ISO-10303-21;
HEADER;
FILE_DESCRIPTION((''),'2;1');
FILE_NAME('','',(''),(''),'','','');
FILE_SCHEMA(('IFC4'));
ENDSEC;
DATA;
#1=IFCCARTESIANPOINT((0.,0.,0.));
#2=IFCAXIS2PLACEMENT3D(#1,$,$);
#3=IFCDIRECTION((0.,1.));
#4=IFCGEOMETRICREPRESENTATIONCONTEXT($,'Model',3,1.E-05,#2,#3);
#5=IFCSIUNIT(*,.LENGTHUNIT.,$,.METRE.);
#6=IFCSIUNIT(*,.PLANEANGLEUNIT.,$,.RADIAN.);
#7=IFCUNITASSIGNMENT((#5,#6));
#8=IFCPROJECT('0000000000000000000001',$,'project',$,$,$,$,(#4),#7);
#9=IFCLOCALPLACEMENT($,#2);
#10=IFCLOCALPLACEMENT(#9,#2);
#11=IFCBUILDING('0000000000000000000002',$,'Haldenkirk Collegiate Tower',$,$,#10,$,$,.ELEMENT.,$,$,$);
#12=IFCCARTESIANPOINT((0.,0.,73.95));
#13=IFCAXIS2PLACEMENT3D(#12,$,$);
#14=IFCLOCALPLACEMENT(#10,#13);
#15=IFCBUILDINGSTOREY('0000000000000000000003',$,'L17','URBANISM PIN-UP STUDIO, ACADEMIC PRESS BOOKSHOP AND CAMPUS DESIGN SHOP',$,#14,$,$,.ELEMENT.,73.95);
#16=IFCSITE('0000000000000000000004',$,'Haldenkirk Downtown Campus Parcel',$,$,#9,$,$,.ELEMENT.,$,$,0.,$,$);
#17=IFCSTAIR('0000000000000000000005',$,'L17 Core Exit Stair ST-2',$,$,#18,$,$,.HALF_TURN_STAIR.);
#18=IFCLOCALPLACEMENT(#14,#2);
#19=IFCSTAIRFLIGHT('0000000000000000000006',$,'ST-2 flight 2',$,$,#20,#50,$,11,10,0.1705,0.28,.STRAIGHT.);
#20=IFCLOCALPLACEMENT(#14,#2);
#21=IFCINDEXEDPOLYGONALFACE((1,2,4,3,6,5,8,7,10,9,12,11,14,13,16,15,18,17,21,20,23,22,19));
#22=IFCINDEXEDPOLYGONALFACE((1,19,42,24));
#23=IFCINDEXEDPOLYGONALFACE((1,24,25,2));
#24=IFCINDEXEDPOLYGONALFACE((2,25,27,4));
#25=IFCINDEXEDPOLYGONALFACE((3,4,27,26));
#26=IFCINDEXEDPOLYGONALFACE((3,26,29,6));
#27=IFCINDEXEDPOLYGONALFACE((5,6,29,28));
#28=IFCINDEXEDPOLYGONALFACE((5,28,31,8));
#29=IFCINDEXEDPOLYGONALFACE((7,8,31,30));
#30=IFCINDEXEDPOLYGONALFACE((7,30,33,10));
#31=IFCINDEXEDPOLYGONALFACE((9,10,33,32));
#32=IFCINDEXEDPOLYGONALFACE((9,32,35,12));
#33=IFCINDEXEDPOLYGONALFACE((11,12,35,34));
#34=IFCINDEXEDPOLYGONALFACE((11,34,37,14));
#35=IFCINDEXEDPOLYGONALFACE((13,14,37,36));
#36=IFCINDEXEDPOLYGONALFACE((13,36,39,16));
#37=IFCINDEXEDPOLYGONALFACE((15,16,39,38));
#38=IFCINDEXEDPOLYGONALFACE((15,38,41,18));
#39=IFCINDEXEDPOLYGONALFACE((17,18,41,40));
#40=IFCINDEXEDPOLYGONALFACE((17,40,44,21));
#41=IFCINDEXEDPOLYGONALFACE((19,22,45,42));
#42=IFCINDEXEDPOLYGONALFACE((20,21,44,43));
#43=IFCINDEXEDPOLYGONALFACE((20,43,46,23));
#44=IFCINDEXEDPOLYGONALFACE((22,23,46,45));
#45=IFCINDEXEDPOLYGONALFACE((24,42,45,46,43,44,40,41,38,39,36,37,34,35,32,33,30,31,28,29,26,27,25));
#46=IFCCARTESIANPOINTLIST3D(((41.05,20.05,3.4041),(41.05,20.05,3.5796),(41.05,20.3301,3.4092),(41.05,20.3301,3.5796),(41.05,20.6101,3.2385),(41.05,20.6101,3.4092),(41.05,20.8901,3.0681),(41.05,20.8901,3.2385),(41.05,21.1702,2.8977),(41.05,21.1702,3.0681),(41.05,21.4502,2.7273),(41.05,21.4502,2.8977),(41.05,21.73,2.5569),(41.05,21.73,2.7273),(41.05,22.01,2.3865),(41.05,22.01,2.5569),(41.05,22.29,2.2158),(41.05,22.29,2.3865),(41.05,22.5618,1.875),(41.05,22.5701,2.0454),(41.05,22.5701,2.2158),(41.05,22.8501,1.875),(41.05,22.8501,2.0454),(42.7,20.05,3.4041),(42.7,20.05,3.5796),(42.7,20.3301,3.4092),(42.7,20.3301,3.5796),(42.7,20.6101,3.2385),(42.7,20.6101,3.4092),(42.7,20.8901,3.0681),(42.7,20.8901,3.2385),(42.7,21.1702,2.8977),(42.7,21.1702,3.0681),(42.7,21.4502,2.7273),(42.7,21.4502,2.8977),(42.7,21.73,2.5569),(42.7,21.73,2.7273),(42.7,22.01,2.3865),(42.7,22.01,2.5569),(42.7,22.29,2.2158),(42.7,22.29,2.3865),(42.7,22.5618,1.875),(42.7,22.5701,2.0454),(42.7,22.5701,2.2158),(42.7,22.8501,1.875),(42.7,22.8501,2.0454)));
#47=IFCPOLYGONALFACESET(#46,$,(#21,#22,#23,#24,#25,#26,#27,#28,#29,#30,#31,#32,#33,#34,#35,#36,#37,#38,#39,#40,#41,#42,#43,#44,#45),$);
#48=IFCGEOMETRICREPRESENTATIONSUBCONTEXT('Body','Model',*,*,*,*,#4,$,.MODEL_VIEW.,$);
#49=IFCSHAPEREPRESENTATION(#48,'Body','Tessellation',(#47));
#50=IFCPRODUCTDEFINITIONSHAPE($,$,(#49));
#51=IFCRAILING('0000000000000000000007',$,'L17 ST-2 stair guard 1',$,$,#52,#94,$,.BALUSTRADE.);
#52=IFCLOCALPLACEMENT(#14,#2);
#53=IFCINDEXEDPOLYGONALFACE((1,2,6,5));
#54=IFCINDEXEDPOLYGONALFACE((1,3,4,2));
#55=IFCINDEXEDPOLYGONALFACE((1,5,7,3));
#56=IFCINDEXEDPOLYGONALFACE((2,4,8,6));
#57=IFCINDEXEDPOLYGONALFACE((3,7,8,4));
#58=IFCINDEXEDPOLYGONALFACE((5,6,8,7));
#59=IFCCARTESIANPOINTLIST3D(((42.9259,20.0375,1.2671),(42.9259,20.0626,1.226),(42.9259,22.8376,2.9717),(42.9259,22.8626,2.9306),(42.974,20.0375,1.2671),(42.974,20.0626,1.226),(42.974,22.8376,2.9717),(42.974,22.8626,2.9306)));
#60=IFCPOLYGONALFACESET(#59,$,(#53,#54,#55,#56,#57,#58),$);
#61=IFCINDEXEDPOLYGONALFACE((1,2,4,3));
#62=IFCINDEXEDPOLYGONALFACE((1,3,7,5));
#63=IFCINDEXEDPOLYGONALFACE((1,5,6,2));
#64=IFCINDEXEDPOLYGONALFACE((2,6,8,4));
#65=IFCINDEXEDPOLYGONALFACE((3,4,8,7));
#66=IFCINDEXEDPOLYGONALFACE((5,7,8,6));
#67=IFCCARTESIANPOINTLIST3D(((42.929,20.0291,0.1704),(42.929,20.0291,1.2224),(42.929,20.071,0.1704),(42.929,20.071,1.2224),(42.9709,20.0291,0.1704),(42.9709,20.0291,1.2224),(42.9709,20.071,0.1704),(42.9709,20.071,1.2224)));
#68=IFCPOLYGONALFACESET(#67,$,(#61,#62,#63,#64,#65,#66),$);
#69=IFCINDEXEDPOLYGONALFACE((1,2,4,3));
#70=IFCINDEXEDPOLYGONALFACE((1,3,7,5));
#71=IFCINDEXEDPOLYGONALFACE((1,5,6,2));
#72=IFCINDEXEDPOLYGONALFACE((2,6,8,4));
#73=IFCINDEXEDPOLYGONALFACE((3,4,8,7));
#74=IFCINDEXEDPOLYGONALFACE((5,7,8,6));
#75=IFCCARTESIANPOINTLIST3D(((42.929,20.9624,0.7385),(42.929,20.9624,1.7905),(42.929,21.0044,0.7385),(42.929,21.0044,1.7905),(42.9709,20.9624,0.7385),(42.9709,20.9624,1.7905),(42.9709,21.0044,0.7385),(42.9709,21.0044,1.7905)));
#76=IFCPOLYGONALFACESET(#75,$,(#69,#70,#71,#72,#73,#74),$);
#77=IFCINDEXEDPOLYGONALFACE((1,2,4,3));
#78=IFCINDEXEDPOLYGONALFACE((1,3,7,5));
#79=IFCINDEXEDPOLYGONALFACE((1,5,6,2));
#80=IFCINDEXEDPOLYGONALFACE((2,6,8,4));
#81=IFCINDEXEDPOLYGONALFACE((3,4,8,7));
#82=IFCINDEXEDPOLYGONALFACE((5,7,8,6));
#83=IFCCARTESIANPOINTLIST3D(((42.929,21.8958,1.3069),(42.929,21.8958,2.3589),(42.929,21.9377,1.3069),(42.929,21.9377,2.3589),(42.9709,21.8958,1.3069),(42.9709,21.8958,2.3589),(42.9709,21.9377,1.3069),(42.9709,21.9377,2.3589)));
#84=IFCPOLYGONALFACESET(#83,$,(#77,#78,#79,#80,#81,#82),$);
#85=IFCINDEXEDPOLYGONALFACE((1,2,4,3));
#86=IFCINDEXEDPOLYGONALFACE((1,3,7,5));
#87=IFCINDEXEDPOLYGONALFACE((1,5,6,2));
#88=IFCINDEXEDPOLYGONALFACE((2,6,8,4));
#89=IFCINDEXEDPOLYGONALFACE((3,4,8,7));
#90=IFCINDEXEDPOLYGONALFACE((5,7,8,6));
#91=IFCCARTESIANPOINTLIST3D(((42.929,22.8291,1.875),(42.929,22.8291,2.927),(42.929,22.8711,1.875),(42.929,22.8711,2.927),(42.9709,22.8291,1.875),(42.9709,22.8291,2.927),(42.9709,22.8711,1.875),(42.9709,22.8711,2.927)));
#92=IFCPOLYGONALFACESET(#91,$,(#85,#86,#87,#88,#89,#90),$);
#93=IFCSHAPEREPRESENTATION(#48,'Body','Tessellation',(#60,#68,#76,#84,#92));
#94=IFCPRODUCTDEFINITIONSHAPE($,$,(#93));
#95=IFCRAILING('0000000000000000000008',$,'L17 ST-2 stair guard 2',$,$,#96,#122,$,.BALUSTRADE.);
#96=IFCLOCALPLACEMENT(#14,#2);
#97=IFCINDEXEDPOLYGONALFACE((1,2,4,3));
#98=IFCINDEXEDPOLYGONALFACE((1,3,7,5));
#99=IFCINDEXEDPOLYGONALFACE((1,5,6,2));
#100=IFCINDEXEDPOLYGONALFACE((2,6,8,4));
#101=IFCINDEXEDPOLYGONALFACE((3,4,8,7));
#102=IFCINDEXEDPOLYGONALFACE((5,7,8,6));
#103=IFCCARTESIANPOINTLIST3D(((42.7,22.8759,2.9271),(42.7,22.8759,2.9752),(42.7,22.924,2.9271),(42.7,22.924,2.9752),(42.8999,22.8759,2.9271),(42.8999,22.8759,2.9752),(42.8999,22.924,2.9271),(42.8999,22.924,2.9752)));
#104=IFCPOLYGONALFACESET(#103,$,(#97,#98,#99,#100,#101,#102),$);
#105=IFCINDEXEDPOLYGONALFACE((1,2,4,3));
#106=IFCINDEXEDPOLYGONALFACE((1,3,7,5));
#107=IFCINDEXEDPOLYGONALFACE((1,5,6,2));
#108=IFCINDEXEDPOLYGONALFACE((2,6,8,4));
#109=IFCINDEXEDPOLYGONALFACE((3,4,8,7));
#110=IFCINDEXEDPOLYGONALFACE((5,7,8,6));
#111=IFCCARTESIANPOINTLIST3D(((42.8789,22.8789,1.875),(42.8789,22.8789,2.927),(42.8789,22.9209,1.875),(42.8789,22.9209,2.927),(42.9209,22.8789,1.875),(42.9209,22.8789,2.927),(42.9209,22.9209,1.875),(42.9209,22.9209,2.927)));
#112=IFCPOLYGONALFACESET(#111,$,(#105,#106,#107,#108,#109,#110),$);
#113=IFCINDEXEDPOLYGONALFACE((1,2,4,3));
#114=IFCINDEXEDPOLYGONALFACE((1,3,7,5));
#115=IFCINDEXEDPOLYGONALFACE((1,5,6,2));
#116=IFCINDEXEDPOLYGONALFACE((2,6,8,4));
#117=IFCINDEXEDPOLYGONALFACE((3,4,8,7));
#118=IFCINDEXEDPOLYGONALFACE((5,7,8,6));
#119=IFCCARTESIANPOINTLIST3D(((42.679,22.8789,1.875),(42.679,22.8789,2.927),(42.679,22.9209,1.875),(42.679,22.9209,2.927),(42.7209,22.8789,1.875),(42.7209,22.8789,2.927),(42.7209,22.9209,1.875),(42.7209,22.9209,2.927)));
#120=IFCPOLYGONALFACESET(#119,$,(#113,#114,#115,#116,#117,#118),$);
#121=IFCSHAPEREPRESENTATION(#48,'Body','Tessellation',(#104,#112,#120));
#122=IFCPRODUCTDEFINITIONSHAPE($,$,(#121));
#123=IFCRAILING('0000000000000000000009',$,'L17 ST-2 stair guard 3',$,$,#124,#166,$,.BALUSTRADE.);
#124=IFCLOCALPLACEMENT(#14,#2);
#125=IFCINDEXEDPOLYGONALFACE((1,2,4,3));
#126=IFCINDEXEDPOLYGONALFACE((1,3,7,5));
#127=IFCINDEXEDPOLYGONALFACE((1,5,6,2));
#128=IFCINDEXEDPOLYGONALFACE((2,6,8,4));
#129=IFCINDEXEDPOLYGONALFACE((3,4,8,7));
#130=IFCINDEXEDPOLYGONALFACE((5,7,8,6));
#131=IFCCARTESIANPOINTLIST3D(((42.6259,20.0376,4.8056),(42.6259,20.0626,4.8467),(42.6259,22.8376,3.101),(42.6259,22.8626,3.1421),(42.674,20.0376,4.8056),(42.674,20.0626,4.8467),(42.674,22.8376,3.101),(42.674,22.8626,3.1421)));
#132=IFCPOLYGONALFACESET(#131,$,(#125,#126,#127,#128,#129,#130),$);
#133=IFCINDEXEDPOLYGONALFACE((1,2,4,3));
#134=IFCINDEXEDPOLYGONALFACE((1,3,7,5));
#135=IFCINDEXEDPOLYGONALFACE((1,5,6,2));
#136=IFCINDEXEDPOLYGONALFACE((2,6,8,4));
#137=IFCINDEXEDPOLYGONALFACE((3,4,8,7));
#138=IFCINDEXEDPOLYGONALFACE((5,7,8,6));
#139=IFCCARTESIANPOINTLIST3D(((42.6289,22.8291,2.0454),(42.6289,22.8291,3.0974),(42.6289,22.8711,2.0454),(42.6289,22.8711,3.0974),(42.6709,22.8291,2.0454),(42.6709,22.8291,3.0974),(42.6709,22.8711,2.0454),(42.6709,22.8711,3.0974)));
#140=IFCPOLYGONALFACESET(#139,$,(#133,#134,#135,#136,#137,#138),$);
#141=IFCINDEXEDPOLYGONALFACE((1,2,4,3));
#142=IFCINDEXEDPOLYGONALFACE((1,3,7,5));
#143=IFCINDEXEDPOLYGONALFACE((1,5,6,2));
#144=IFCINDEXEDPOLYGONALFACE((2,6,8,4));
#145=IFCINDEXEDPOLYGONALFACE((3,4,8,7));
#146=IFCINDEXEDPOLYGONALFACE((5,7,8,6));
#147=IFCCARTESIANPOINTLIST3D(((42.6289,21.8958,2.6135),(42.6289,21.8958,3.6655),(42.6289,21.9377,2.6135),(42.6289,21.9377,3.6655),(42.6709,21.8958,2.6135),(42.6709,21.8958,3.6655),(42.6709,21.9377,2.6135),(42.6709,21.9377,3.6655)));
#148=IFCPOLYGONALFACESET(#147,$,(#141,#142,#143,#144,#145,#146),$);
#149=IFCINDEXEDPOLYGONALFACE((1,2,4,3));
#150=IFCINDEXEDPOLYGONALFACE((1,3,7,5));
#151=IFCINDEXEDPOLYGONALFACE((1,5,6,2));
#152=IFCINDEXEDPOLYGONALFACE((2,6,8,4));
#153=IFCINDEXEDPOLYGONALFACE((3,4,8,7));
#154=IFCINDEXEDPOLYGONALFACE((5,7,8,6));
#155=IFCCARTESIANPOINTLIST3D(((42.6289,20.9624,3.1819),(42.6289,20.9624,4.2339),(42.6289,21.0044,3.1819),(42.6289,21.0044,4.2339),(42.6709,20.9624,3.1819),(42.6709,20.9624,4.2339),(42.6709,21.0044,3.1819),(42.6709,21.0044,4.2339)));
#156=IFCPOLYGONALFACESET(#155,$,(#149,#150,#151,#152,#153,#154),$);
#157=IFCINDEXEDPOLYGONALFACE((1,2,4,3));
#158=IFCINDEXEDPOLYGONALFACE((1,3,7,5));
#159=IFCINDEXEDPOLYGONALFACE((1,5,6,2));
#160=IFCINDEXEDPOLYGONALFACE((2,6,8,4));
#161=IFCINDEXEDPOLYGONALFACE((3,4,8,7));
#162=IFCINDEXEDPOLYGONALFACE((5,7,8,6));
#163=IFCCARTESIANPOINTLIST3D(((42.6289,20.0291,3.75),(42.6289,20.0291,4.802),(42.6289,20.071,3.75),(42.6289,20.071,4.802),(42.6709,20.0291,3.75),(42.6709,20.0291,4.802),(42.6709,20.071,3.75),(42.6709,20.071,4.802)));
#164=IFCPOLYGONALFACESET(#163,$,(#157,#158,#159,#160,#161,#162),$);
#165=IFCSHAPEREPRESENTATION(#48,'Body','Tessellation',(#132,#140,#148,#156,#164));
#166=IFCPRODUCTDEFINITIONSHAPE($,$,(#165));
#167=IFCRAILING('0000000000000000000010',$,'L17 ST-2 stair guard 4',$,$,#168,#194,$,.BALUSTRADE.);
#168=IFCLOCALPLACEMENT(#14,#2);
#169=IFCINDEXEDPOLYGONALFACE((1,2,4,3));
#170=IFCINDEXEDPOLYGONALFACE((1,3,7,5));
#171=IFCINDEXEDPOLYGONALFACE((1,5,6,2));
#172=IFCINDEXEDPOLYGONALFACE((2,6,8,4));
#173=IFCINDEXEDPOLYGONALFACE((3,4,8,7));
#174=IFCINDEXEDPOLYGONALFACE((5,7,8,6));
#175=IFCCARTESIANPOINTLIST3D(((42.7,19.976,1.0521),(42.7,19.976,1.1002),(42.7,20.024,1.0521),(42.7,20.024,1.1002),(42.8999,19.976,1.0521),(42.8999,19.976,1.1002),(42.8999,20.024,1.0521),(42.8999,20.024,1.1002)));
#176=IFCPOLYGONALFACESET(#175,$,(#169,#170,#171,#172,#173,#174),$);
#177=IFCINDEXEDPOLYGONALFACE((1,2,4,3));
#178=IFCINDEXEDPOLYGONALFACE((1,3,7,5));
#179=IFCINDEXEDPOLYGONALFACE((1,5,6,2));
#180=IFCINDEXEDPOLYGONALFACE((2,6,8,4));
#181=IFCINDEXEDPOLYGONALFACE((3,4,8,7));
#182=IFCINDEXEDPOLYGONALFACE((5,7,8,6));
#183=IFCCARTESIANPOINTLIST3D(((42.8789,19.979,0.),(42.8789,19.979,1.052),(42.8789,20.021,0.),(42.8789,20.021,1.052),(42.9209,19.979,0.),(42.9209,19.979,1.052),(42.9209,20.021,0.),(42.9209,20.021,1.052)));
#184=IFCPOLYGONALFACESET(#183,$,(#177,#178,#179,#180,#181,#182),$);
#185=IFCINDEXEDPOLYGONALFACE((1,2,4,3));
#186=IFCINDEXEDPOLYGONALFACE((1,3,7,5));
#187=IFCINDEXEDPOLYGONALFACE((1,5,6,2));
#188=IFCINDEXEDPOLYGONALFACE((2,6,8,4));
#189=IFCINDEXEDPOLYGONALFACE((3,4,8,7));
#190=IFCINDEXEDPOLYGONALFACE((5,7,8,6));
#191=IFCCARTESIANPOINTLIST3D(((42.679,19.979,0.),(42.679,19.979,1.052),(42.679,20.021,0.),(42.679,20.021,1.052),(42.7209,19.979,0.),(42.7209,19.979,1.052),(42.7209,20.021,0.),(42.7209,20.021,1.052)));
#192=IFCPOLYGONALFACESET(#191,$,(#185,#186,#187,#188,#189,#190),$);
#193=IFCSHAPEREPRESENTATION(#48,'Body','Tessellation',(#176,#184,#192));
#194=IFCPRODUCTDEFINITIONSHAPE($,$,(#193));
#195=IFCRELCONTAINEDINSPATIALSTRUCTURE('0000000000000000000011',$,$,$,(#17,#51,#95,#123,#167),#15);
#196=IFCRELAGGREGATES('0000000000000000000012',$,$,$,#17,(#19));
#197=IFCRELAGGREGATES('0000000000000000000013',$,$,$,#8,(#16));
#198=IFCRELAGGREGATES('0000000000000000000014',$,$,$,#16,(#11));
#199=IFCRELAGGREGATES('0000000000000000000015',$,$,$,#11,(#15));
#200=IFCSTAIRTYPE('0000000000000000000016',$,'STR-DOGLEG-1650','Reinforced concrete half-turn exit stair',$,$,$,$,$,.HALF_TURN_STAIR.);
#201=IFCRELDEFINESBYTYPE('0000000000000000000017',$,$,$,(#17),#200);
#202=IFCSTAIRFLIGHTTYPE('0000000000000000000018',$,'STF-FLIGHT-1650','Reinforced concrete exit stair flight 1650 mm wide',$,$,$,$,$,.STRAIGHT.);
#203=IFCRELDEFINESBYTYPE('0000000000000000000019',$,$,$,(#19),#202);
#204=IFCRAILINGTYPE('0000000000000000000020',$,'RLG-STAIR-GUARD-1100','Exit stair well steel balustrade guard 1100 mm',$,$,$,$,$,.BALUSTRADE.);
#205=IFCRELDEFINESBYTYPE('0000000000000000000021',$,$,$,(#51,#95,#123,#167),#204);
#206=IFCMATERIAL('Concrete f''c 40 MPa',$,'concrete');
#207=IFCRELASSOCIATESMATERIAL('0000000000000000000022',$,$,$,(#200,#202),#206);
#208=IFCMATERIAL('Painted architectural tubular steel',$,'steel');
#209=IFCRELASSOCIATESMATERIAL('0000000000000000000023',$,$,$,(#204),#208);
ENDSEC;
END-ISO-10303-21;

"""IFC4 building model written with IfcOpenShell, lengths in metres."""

from ifc_helpers import new_model, si_unit, direction, frame, origin, origin_2d, place, context, subcontext, project, spatial, polyline, rectangle, outline, extrude, material, type_object, element, aggregate, save


model = new_model("IFC4")

# Units and contexts
model_context = context("Model", 3, precision=1e-05, world=origin(), true_north=direction((0.0, 1.0)))
body_context = subcontext(model_context, "Body", "Model", "MODEL_VIEW")
ifc_project = project(units=[si_unit("LENGTHUNIT", "METRE"), si_unit("PLANEANGLEUNIT", "RADIAN")], contexts=[model_context])

# Site, building, storey
site_placement = place(None, origin())
site = spatial("IfcSite", under=ifc_project, at=site_placement, Name="Haldenkirk Downtown Campus Parcel", CompositionType="ELEMENT", RefElevation=0.0)
building_placement = place(site_placement, origin())
building = spatial("IfcBuilding", under=site, at=building_placement, Name="Haldenkirk Collegiate Tower", CompositionType="ELEMENT")
storey_placement = place(building_placement, frame((0.0, 0.0, 73.95)))
storey = spatial("IfcBuildingStorey", under=building, at=storey_placement, Name="L17", Description="URBANISM PIN-UP STUDIO, ACADEMIC PRESS BOOKSHOP AND CAMPUS DESIGN SHOP", CompositionType="ELEMENT", Elevation=73.95)

# Stair, stair flight
ifc_material_1 = material(Name="Concrete f'c 40 MPa", Category="concrete")
stair_type = type_object("IfcStairType", Name="STR-DOGLEG-1650", Description="Reinforced concrete half-turn exit stair", PredefinedType="HALF_TURN_STAIR", material=ifc_material_1)
stair_placement = place(storey_placement, origin())
stair = element("IfcStair", 1, at=stair_placement, inside=storey, type_object=stair_type, Name="L17 Core Exit Stair ST-2", PredefinedType="HALF_TURN_STAIR")
stair_flight_type = type_object("IfcStairFlightType", Name="STF-FLIGHT-1650", Description="Reinforced concrete exit stair flight 1650 mm wide", PredefinedType="STRAIGHT", material=ifc_material_1)
stair_flight_1_placement = place(storey_placement, frame((41.875, 22.8501, 1.875), z_axis=(0.0, 0.0, 1.0), x_axis=(0.0, -1.0, 0.0)))
stair_flight_1 = element("IfcStairFlight", 2, at=stair_flight_1_placement, type_object=stair_flight_type, Name="ST-2 flight 2", NumberOfRisers=11, NumberOfTreads=10, PredefinedType="STRAIGHT", RiserHeight=0.1705, TreadLength=0.28, context=body_context, shape_type="SweptSolid", body=[
    extrude(outline(polyline([(0.0, 0.0), (0.0, 0.1704), (0.28, 0.1704), (0.28, 0.3408), (0.5601, 0.3408), (0.5601, 0.5115), (0.8401, 0.5115), (0.8401, 0.6819), (1.1201, 0.6819), (1.1201, 0.8523), (1.3999, 0.8523), (1.3999, 1.0227), (1.6799, 1.0227), (1.6799, 1.1931), (1.96, 1.1931), (1.96, 1.3635), (2.24, 1.3635), (2.24, 1.5342), (2.52, 1.5342), (2.52, 1.7046), (2.8, 1.7046), (2.8, 1.875), (2.8, 1.5291), (0.2883, 0.0), (0.0, 0.0)])), frame((0.0, 0.825, 0.0), z_axis=(0.0, -1.0, 0.0), x_axis=(1.0, 0.0, 0.0)), (0.0, 0.0, 1.0), 1.6499),
])
aggregate(stair, [stair_flight_1])

# Railings
ifc_material_2 = material(Name="Painted architectural tubular steel", Category="steel")
railing_type_1 = type_object("IfcRailingType", Name="RLG-STAIR-GUARD-1100", Description="Exit stair well steel balustrade guard 1100 mm", PredefinedType="BALUSTRADE", material=ifc_material_2)
railing_1_placement = place(storey_placement, frame((42.95, 20.05, 0.1704)))
element("IfcRailing", 3, at=railing_1_placement, inside=storey, type_object=railing_type_1, Name="L17 ST-2 stair guard 1", PredefinedType="BALUSTRADE", context=body_context, shape_type="SweptSolid", body=[
    extrude(rectangle(XDim=0.0481, YDim=0.0481, at=origin_2d()), frame((0.0, 0.0, 1.0762), z_axis=(0.0, 0.85417, 0.519994), x_axis=(-1.0, 0.0, 0.0)), (0.0, 0.0, 1.0), 3.2781),
    extrude(rectangle(XDim=0.042, YDim=0.042, at=origin_2d()), origin(), (0.0, 0.0, 1.0), 1.052),
    extrude(rectangle(XDim=0.042, YDim=0.042, at=origin_2d()), frame((0.0, 0.9333, 0.5681)), (0.0, 0.0, 1.0), 1.052),
    extrude(rectangle(XDim=0.042, YDim=0.042, at=origin_2d()), frame((0.0, 1.8667, 1.1365)), (0.0, 0.0, 1.0), 1.052),
    extrude(rectangle(XDim=0.042, YDim=0.042, at=origin_2d()), frame((0.0, 2.8, 1.7046)), (0.0, 0.0, 1.0), 1.052),
])
railing_2_placement = place(storey_placement, frame((42.8999, 22.8999, 1.875)))
element("IfcRailing", 4, at=railing_2_placement, inside=storey, type_object=railing_type_1, Name="L17 ST-2 stair guard 2", PredefinedType="BALUSTRADE", context=body_context, shape_type="SweptSolid", body=[
    extrude(rectangle(XDim=0.0481, YDim=0.0481, at=origin_2d()), frame((0.0, 0.0, 1.0762), z_axis=(-1.0, 0.0, 0.0), x_axis=(0.0, -1.0, 0.0)), (0.0, 0.0, 1.0), 0.2),
    extrude(rectangle(XDim=0.042, YDim=0.042, at=origin_2d()), origin(), (0.0, 0.0, 1.0), 1.052),
    extrude(rectangle(XDim=0.042, YDim=0.042, at=origin_2d()), frame((-0.2, 0.0, 0.0)), (0.0, 0.0, 1.0), 1.052),
])
railing_3_placement = place(storey_placement, frame((42.6499, 22.8501, 2.0454)))
element("IfcRailing", 5, at=railing_3_placement, inside=storey, type_object=railing_type_1, Name="L17 ST-2 stair guard 3", PredefinedType="BALUSTRADE", context=body_context, shape_type="SweptSolid", body=[
    extrude(rectangle(XDim=0.0481, YDim=0.0481, at=origin_2d()), frame((0.0, 0.0, 1.0762), z_axis=(0.0, -0.85417, 0.519994), x_axis=(1.0, 0.0, 0.0)), (0.0, 0.0, 1.0), 3.2781),
    extrude(rectangle(XDim=0.042, YDim=0.042, at=origin_2d()), origin(), (0.0, 0.0, 1.0), 1.052),
    extrude(rectangle(XDim=0.042, YDim=0.042, at=origin_2d()), frame((0.0, -0.9333, 0.5681)), (0.0, 0.0, 1.0), 1.052),
    extrude(rectangle(XDim=0.042, YDim=0.042, at=origin_2d()), frame((0.0, -1.8667, 1.1365)), (0.0, 0.0, 1.0), 1.052),
    extrude(rectangle(XDim=0.042, YDim=0.042, at=origin_2d()), frame((0.0, -2.8, 1.7046)), (0.0, 0.0, 1.0), 1.052),
])
railing_4_placement = place(storey_placement, frame((42.8999, 20.0, 0.0)))
element("IfcRailing", 6, at=railing_4_placement, inside=storey, type_object=railing_type_1, Name="L17 ST-2 stair guard 4", PredefinedType="BALUSTRADE", context=body_context, shape_type="SweptSolid", body=[
    extrude(rectangle(XDim=0.0481, YDim=0.0481, at=origin_2d()), frame((0.0, 0.0, 1.0762), z_axis=(-1.0, 0.0, 0.0), x_axis=(0.0, -1.0, 0.0)), (0.0, 0.0, 1.0), 0.2),
    extrude(rectangle(XDim=0.042, YDim=0.042, at=origin_2d()), origin(), (0.0, 0.0, 1.0), 1.052),
    extrude(rectangle(XDim=0.042, YDim=0.042, at=origin_2d()), frame((-0.2, 0.0, 0.0)), (0.0, 0.0, 1.0), 1.052),
])

save(model, "model.ifc")
